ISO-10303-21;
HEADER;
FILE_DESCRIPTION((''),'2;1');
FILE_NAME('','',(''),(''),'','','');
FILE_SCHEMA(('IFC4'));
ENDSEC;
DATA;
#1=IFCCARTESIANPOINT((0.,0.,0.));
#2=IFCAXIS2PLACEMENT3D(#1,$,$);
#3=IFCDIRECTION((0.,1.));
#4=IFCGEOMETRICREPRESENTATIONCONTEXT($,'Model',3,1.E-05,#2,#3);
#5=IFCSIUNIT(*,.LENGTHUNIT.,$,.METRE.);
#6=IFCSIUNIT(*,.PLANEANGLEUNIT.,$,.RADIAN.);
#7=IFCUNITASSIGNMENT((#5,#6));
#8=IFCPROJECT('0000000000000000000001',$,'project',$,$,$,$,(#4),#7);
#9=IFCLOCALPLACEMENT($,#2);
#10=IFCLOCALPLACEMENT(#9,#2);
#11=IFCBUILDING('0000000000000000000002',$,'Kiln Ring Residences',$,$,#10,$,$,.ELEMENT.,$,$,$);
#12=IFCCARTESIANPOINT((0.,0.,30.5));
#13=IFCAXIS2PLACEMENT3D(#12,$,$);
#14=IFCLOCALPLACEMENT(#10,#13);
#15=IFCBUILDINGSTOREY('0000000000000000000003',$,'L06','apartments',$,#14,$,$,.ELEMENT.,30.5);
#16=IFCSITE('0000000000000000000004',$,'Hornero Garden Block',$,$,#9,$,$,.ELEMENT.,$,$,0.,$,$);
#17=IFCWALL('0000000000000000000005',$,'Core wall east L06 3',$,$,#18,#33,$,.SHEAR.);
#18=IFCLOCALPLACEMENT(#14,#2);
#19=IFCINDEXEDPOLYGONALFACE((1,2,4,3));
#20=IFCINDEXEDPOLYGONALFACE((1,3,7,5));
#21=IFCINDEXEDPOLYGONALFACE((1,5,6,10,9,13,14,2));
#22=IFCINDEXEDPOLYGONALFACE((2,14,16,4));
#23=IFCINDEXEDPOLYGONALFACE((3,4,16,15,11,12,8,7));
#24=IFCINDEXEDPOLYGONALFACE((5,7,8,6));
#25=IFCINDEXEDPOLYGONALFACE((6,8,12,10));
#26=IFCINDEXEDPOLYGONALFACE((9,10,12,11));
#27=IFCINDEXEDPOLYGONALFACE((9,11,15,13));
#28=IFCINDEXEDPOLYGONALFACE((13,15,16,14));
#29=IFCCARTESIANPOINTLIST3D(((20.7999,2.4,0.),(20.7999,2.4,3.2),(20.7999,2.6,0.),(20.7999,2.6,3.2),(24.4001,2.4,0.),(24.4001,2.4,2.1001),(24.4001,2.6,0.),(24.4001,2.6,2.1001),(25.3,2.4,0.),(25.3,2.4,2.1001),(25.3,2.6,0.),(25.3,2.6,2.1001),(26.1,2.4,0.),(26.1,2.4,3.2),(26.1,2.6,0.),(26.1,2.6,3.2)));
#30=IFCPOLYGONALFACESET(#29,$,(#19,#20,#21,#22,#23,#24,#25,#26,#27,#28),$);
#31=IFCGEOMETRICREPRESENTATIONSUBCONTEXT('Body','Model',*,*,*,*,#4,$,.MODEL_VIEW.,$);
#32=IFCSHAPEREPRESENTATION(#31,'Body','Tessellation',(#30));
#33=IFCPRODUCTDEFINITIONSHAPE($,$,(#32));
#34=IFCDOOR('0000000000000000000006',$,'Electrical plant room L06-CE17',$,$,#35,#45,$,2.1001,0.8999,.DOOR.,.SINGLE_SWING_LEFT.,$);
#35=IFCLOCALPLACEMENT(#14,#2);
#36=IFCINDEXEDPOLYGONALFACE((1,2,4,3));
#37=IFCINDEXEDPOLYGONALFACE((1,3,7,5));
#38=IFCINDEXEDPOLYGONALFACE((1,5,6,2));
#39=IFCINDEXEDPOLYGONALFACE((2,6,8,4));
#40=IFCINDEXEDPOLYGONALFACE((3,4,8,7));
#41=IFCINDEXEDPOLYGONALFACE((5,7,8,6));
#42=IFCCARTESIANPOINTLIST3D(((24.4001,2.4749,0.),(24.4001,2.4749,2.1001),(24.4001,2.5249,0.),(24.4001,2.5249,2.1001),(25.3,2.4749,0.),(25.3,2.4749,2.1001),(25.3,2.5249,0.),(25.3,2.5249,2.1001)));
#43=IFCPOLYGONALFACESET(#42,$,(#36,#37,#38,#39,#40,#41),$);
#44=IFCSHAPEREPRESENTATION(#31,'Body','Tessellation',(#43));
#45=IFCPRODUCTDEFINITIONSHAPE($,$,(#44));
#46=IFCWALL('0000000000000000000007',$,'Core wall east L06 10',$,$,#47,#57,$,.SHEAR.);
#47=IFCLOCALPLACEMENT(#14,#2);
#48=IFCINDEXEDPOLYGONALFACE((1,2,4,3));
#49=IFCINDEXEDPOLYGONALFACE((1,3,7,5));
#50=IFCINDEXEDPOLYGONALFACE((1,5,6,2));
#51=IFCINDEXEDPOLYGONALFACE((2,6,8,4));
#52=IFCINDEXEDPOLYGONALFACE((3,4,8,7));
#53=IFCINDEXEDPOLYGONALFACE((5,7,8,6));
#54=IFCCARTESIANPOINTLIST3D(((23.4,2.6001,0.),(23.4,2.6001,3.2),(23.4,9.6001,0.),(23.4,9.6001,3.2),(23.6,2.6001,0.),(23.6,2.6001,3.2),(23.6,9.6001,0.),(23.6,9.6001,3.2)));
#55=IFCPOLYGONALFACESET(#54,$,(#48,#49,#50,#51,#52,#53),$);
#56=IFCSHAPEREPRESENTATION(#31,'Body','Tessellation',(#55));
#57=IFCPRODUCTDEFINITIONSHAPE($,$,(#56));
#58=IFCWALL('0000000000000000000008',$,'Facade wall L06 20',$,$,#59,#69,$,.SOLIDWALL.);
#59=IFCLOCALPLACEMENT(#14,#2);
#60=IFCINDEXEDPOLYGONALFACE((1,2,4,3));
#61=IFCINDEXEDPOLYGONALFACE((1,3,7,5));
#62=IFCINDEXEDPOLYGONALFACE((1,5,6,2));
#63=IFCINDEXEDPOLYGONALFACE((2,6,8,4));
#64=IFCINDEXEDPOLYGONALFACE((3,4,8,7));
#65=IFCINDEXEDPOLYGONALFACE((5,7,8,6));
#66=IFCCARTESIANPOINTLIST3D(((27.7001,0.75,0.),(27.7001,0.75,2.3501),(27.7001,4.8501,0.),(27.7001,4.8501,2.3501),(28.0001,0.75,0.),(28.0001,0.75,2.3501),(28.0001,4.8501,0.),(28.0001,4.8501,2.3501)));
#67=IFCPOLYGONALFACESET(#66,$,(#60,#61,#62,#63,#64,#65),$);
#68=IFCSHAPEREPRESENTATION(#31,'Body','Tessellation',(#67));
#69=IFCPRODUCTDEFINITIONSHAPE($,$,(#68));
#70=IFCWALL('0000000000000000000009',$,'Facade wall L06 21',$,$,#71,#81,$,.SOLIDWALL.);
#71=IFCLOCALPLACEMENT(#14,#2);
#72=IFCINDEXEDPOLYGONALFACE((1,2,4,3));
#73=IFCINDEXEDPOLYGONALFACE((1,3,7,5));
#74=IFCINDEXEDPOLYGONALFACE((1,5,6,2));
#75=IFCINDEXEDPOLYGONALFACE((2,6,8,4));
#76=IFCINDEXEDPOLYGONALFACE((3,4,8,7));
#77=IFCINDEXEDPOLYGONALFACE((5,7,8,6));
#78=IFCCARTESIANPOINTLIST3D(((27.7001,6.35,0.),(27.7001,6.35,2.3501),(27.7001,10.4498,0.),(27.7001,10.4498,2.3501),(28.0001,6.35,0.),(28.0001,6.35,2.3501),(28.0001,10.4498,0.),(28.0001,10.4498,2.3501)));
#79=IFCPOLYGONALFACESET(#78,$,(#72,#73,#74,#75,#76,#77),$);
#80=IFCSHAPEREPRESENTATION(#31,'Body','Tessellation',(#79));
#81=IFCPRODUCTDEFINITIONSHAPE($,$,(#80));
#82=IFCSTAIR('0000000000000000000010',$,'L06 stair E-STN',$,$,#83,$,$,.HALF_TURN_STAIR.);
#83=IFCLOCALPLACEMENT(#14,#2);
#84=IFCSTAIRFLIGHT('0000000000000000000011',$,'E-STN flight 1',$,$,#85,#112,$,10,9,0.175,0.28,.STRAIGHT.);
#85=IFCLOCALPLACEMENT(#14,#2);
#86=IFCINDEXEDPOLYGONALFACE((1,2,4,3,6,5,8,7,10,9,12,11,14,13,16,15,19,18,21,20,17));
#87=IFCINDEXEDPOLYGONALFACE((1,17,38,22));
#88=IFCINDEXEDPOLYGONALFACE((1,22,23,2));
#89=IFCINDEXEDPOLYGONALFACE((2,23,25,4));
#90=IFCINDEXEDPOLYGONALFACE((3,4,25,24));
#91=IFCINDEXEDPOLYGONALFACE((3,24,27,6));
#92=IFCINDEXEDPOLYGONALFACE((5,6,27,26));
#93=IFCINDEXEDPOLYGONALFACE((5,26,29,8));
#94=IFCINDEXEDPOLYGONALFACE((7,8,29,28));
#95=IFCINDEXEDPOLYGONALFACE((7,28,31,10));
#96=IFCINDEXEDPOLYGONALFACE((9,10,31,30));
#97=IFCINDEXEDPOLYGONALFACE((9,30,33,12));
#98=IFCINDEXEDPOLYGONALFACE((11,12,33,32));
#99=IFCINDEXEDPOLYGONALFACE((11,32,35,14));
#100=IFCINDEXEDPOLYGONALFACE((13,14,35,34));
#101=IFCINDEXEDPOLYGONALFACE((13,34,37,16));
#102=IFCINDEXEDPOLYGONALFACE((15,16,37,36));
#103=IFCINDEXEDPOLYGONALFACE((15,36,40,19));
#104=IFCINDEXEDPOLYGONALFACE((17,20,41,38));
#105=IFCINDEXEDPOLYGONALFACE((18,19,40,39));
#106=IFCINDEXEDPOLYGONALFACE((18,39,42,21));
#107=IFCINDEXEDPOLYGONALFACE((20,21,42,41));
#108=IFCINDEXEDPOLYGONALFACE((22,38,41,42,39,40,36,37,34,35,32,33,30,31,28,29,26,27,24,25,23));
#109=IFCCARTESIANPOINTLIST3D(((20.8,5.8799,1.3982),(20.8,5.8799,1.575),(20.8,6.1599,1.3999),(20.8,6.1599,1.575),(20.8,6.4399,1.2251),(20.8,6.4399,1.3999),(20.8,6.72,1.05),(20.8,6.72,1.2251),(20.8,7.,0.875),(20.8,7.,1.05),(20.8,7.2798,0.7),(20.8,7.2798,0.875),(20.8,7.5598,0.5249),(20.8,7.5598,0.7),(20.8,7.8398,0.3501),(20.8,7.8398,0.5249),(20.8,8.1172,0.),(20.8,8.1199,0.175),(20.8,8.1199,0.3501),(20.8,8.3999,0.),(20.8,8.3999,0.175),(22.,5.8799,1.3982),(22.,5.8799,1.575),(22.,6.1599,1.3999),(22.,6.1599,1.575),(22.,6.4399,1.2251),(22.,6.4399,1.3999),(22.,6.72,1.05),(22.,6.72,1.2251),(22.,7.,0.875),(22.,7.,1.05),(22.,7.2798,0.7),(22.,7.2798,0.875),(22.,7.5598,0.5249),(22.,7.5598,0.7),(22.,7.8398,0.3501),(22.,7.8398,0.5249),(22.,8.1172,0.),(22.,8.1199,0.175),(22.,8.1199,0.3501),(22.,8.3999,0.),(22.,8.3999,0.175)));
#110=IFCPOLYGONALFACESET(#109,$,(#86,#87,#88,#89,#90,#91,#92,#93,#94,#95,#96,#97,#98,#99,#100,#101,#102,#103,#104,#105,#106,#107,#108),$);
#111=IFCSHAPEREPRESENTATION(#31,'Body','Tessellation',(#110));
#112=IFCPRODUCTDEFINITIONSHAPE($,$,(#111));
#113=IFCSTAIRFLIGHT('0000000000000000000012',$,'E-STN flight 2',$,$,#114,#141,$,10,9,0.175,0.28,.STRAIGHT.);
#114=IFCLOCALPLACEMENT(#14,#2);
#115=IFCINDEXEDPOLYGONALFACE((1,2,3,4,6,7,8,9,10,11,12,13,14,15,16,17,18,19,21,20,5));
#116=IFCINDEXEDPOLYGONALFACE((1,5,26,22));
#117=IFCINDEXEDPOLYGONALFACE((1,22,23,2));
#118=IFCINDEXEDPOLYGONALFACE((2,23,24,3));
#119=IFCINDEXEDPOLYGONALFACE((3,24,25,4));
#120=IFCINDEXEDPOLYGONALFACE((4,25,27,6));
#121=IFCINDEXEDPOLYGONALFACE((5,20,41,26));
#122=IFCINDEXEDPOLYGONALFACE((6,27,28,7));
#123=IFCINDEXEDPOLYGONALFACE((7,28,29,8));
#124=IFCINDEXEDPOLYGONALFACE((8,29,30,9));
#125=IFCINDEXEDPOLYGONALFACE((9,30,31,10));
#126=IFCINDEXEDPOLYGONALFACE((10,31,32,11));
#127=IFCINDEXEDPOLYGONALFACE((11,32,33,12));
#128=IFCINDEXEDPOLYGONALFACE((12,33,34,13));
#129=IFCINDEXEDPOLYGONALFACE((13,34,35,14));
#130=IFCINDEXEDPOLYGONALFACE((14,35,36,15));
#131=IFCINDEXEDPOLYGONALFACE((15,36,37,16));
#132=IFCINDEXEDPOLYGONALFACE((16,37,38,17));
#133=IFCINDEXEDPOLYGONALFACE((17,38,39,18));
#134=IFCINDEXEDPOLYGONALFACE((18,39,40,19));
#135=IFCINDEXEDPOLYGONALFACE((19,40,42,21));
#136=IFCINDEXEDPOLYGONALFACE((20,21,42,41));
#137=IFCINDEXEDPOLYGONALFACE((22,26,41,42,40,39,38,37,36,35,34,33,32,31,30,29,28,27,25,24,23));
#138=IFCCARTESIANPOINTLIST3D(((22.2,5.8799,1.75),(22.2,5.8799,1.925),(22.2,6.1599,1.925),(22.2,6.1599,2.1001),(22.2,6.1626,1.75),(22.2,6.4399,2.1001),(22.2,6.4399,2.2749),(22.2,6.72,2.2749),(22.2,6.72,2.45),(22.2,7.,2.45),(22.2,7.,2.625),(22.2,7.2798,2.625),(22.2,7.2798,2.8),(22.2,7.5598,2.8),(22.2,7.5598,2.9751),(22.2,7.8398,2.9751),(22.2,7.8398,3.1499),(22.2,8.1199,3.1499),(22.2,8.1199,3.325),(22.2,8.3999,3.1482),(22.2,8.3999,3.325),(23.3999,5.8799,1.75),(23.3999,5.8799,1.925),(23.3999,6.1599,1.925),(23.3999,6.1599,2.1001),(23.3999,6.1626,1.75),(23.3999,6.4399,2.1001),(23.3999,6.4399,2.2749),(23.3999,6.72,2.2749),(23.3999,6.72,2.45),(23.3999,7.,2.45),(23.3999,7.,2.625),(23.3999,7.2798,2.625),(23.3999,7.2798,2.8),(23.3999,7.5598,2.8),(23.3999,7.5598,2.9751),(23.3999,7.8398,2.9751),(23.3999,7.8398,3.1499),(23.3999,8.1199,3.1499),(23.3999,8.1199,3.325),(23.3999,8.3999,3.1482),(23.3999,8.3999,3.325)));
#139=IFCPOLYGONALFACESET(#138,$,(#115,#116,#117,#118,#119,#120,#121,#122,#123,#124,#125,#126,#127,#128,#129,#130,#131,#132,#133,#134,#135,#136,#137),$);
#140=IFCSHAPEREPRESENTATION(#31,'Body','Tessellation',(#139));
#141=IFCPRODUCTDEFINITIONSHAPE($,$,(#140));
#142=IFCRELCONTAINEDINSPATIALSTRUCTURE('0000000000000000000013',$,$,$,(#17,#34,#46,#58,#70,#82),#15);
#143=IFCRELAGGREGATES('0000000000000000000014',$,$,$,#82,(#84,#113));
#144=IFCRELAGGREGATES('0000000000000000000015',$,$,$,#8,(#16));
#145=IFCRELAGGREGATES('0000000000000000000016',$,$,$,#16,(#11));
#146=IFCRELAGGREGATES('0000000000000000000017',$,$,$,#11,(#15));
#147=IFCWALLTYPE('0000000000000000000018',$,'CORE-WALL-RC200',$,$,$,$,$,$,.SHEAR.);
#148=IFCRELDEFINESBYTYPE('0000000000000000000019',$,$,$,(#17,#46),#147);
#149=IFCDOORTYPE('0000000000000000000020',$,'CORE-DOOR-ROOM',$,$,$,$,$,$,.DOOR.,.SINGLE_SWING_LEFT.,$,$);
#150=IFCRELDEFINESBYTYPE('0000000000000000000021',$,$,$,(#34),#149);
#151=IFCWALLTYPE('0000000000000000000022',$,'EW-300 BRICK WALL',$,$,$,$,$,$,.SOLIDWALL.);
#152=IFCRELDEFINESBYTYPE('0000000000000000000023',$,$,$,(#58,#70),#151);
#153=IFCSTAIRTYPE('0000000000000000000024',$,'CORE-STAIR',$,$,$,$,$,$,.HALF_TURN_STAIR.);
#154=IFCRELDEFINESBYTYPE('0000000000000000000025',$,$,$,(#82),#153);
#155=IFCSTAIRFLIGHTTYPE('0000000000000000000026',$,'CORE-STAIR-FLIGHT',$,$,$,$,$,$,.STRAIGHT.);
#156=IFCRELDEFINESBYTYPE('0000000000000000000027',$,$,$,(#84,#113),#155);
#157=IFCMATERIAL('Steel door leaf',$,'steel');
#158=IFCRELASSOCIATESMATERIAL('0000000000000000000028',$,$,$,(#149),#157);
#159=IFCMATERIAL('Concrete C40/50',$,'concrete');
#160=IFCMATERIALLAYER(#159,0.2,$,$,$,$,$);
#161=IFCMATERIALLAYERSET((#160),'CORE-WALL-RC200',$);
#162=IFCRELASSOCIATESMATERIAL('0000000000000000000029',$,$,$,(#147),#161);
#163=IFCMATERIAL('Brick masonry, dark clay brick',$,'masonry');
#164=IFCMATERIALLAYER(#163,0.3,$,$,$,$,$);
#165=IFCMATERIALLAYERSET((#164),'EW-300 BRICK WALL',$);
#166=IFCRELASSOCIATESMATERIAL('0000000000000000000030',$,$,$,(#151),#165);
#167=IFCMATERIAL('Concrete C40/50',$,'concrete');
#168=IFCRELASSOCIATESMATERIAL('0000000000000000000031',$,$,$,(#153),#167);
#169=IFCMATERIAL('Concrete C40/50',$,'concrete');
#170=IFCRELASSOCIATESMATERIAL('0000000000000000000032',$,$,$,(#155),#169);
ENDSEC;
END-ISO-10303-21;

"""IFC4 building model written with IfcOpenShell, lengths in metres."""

from ifc_helpers import new_model, si_unit, direction, frame, frame_2d, origin, place, context, subcontext, project, spatial, polyline, rectangle, outline, extrude, material, layer, layer_set, type_object, element, fill, aggregate, save


model = new_model("IFC4")

# Units and contexts
model_context = context("Model", 3, precision=1e-05, world=origin(), true_north=direction((0.0, 1.0)))
body_context = subcontext(model_context, "Body", "Model", "MODEL_VIEW")
ifc_project = project(units=[si_unit("LENGTHUNIT", "METRE"), si_unit("PLANEANGLEUNIT", "RADIAN")], contexts=[model_context])

# Site, building, storey
site_placement = place(None, origin())
site = spatial("IfcSite", under=ifc_project, at=site_placement, Name="Hornero Garden Block", CompositionType="ELEMENT", RefElevation=0.0)
building_placement = place(site_placement, origin())
building = spatial("IfcBuilding", under=site, at=building_placement, Name="Kiln Ring Residences", CompositionType="ELEMENT")
storey_placement = place(building_placement, frame((0.0, 0.0, 30.5)))
storey = spatial("IfcBuildingStorey", under=building, at=storey_placement, Name="L06", Description="apartments", CompositionType="ELEMENT", Elevation=30.5)

# Shared definitions
ifc_material_1 = material(Name="Steel door leaf", Category="steel")
door_type = type_object("IfcDoorType", Name="CORE-DOOR-ROOM", OperationType="SINGLE_SWING_LEFT", PredefinedType="DOOR", material=ifc_material_1)

# Shared definitions
ifc_material_2 = material(Name="Concrete C40/50", Category="concrete")
ifc_layer_1 = layer(ifc_material_2, 0.2)
ifc_layer_set_1 = layer_set([ifc_layer_1], Name="CORE-WALL-RC200")
wall_type_1 = type_object("IfcWallType", Name="CORE-WALL-RC200", PredefinedType="SHEAR", material=ifc_layer_set_1)

# Wall, opening, door
wall_1_placement = place(storey_placement, frame((20.8, 2.5, 0.0), z_axis=(0.0, 0.0, 1.0), x_axis=(1.0, 0.0, 0.0)))
wall_1 = element("IfcWall", 1, at=wall_1_placement, inside=storey, type_object=wall_type_1, Name="Core wall east L06 3", PredefinedType="SHEAR", context=body_context, shape_type="SweptSolid", body=[
    extrude(rectangle(XDim=5.3, YDim=0.2, at=frame_2d((2.6499, 0.0))), origin(), (0.0, 0.0, 1.0), 3.2),
])
opening_1_placement = place(wall_1_placement, frame((3.6001, 0.0, 0.0)))
opening_1 = element("IfcOpeningElement", 2, at=opening_1_placement, cuts=wall_1, PredefinedType="OPENING", context=body_context, shape_type="SweptSolid", body=[
    extrude(rectangle(XDim=0.8999, YDim=2.1001, at=frame_2d((0.45, 1.05))), frame((0.0, 0.1099, 0.0), z_axis=(0.0, -1.0, 0.0), x_axis=(1.0, 0.0, 0.0)), (0.0, 0.0, 1.0), 0.22),
])
door_1_placement = place(opening_1_placement, origin())
door_1 = element("IfcDoor", 3, at=door_1_placement, inside=storey, type_object=door_type, Name="Electrical plant room L06-CE17", OperationType="SINGLE_SWING_LEFT", OverallHeight=2.1001, OverallWidth=0.8999, PredefinedType="DOOR", context=body_context, shape_type="SweptSolid", body=[
    extrude(rectangle(XDim=0.8999, YDim=2.1001, at=frame_2d((0.45, 1.05))), frame((0.0, 0.0249, 0.0), z_axis=(0.0, -1.0, 0.0), x_axis=(1.0, 0.0, 0.0)), (0.0, 0.0, 1.0), 0.05),
])
fill(opening_1, door_1)

# Walls
wall_2_placement = place(storey_placement, frame((23.5, 2.6001, 0.0), z_axis=(0.0, 0.0, 1.0), x_axis=(0.0, 1.0, 0.0)))
element("IfcWall", 4, at=wall_2_placement, inside=storey, type_object=wall_type_1, Name="Core wall east L06 10", PredefinedType="SHEAR", context=body_context, shape_type="SweptSolid", body=[
    extrude(rectangle(XDim=7.0, YDim=0.2, at=frame_2d((3.5, 0.0))), origin(), (0.0, 0.0, 1.0), 3.2),
])
ifc_material_3 = material(Name="Brick masonry, dark clay brick", Category="masonry")
ifc_layer_2 = layer(ifc_material_3, 0.3)
ifc_layer_set_2 = layer_set([ifc_layer_2], Name="EW-300 BRICK WALL")
wall_type_2 = type_object("IfcWallType", Name="EW-300 BRICK WALL", PredefinedType="SOLIDWALL", material=ifc_layer_set_2)
wall_3_placement = place(storey_placement, frame((27.8501, 0.75, 0.0), z_axis=(0.0, 0.0, 1.0), x_axis=(0.0, 1.0, 0.0)))
element("IfcWall", 5, at=wall_3_placement, inside=storey, type_object=wall_type_2, Name="Facade wall L06 20", PredefinedType="SOLIDWALL", context=body_context, shape_type="SweptSolid", body=[
    extrude(rectangle(XDim=4.1001, YDim=0.3, at=frame_2d((2.05, 0.0))), origin(), (0.0, 0.0, 1.0), 2.3501),
])
wall_4_placement = place(storey_placement, frame((27.8501, 6.3501, 0.0), z_axis=(0.0, 0.0, 1.0), x_axis=(0.0, 1.0, 0.0)))
element("IfcWall", 6, at=wall_4_placement, inside=storey, type_object=wall_type_2, Name="Facade wall L06 21", PredefinedType="SOLIDWALL", context=body_context, shape_type="SweptSolid", body=[
    extrude(rectangle(XDim=4.0999, YDim=0.3, at=frame_2d((2.0498, 0.0))), origin(), (0.0, 0.0, 1.0), 2.3501),
])

# Stair, stair flights
ifc_material_4 = material(Name="Concrete C40/50", Category="concrete")
stair_type = type_object("IfcStairType", Name="CORE-STAIR", PredefinedType="HALF_TURN_STAIR", material=ifc_material_4)
stair_placement = place(storey_placement, origin())
stair = element("IfcStair", 7, at=stair_placement, inside=storey, type_object=stair_type, Name="L06 stair E-STN", PredefinedType="HALF_TURN_STAIR")
ifc_material_5 = material(Name="Concrete C40/50", Category="concrete")
stair_flight_type = type_object("IfcStairFlightType", Name="CORE-STAIR-FLIGHT", PredefinedType="STRAIGHT", material=ifc_material_5)
stair_flight_1_placement = place(storey_placement, frame((21.3999, 8.3999, 0.0), z_axis=(0.0, 0.0, 1.0), x_axis=(0.0, -1.0, 0.0)))
stair_flight_1 = element("IfcStairFlight", 8, at=stair_flight_1_placement, type_object=stair_flight_type, Name="E-STN flight 1", NumberOfRisers=10, NumberOfTreads=9, PredefinedType="STRAIGHT", RiserHeight=0.175, TreadLength=0.28, context=body_context, shape_type="SweptSolid", body=[
    extrude(outline(polyline([(0.0, 0.0), (0.0, 0.175), (0.28, 0.175), (0.28, 0.3501), (0.5601, 0.3501), (0.5601, 0.5249), (0.8401, 0.5249), (0.8401, 0.7), (1.1201, 0.7), (1.1201, 0.875), (1.3999, 0.875), (1.3999, 1.05), (1.6799, 1.05), (1.6799, 1.2251), (1.96, 1.2251), (1.96, 1.3999), (2.24, 1.3999), (2.24, 1.575), (2.52, 1.575), (2.52, 1.75), (2.52, 1.3982), (0.2827, 0.0), (0.0, 0.0)])), frame((0.0, 0.6001, 0.0), z_axis=(0.0, -1.0, 0.0), x_axis=(1.0, 0.0, 0.0)), (0.0, 0.0, 1.0), 1.2),
])
stair_flight_2_placement = place(storey_placement, frame((22.8, 5.8799, 1.75), z_axis=(0.0, 0.0, 1.0), x_axis=(0.0, 1.0, 0.0)))
stair_flight_2 = element("IfcStairFlight", 9, at=stair_flight_2_placement, type_object=stair_flight_type, Name="E-STN flight 2", NumberOfRisers=10, NumberOfTreads=9, PredefinedType="STRAIGHT", RiserHeight=0.175, TreadLength=0.28, context=body_context, shape_type="SweptSolid", body=[
    extrude(outline(polyline([(0.0, 0.0), (0.0, 0.175), (0.28, 0.175), (0.28, 0.3501), (0.5601, 0.3501), (0.5601, 0.5249), (0.8401, 0.5249), (0.8401, 0.7), (1.1201, 0.7), (1.1201, 0.875), (1.3999, 0.875), (1.3999, 1.05), (1.6799, 1.05), (1.6799, 1.2251), (1.96, 1.2251), (1.96, 1.3999), (2.24, 1.3999), (2.24, 1.575), (2.52, 1.575), (2.52, 1.75), (2.52, 1.3982), (0.2827, 0.0), (0.0, 0.0)])), frame((0.0, 0.6001, 0.0), z_axis=(0.0, -1.0, 0.0), x_axis=(1.0, 0.0, 0.0)), (0.0, 0.0, 1.0), 1.2),
])
aggregate(stair, [stair_flight_1, stair_flight_2])

save(model, "model.ifc")
